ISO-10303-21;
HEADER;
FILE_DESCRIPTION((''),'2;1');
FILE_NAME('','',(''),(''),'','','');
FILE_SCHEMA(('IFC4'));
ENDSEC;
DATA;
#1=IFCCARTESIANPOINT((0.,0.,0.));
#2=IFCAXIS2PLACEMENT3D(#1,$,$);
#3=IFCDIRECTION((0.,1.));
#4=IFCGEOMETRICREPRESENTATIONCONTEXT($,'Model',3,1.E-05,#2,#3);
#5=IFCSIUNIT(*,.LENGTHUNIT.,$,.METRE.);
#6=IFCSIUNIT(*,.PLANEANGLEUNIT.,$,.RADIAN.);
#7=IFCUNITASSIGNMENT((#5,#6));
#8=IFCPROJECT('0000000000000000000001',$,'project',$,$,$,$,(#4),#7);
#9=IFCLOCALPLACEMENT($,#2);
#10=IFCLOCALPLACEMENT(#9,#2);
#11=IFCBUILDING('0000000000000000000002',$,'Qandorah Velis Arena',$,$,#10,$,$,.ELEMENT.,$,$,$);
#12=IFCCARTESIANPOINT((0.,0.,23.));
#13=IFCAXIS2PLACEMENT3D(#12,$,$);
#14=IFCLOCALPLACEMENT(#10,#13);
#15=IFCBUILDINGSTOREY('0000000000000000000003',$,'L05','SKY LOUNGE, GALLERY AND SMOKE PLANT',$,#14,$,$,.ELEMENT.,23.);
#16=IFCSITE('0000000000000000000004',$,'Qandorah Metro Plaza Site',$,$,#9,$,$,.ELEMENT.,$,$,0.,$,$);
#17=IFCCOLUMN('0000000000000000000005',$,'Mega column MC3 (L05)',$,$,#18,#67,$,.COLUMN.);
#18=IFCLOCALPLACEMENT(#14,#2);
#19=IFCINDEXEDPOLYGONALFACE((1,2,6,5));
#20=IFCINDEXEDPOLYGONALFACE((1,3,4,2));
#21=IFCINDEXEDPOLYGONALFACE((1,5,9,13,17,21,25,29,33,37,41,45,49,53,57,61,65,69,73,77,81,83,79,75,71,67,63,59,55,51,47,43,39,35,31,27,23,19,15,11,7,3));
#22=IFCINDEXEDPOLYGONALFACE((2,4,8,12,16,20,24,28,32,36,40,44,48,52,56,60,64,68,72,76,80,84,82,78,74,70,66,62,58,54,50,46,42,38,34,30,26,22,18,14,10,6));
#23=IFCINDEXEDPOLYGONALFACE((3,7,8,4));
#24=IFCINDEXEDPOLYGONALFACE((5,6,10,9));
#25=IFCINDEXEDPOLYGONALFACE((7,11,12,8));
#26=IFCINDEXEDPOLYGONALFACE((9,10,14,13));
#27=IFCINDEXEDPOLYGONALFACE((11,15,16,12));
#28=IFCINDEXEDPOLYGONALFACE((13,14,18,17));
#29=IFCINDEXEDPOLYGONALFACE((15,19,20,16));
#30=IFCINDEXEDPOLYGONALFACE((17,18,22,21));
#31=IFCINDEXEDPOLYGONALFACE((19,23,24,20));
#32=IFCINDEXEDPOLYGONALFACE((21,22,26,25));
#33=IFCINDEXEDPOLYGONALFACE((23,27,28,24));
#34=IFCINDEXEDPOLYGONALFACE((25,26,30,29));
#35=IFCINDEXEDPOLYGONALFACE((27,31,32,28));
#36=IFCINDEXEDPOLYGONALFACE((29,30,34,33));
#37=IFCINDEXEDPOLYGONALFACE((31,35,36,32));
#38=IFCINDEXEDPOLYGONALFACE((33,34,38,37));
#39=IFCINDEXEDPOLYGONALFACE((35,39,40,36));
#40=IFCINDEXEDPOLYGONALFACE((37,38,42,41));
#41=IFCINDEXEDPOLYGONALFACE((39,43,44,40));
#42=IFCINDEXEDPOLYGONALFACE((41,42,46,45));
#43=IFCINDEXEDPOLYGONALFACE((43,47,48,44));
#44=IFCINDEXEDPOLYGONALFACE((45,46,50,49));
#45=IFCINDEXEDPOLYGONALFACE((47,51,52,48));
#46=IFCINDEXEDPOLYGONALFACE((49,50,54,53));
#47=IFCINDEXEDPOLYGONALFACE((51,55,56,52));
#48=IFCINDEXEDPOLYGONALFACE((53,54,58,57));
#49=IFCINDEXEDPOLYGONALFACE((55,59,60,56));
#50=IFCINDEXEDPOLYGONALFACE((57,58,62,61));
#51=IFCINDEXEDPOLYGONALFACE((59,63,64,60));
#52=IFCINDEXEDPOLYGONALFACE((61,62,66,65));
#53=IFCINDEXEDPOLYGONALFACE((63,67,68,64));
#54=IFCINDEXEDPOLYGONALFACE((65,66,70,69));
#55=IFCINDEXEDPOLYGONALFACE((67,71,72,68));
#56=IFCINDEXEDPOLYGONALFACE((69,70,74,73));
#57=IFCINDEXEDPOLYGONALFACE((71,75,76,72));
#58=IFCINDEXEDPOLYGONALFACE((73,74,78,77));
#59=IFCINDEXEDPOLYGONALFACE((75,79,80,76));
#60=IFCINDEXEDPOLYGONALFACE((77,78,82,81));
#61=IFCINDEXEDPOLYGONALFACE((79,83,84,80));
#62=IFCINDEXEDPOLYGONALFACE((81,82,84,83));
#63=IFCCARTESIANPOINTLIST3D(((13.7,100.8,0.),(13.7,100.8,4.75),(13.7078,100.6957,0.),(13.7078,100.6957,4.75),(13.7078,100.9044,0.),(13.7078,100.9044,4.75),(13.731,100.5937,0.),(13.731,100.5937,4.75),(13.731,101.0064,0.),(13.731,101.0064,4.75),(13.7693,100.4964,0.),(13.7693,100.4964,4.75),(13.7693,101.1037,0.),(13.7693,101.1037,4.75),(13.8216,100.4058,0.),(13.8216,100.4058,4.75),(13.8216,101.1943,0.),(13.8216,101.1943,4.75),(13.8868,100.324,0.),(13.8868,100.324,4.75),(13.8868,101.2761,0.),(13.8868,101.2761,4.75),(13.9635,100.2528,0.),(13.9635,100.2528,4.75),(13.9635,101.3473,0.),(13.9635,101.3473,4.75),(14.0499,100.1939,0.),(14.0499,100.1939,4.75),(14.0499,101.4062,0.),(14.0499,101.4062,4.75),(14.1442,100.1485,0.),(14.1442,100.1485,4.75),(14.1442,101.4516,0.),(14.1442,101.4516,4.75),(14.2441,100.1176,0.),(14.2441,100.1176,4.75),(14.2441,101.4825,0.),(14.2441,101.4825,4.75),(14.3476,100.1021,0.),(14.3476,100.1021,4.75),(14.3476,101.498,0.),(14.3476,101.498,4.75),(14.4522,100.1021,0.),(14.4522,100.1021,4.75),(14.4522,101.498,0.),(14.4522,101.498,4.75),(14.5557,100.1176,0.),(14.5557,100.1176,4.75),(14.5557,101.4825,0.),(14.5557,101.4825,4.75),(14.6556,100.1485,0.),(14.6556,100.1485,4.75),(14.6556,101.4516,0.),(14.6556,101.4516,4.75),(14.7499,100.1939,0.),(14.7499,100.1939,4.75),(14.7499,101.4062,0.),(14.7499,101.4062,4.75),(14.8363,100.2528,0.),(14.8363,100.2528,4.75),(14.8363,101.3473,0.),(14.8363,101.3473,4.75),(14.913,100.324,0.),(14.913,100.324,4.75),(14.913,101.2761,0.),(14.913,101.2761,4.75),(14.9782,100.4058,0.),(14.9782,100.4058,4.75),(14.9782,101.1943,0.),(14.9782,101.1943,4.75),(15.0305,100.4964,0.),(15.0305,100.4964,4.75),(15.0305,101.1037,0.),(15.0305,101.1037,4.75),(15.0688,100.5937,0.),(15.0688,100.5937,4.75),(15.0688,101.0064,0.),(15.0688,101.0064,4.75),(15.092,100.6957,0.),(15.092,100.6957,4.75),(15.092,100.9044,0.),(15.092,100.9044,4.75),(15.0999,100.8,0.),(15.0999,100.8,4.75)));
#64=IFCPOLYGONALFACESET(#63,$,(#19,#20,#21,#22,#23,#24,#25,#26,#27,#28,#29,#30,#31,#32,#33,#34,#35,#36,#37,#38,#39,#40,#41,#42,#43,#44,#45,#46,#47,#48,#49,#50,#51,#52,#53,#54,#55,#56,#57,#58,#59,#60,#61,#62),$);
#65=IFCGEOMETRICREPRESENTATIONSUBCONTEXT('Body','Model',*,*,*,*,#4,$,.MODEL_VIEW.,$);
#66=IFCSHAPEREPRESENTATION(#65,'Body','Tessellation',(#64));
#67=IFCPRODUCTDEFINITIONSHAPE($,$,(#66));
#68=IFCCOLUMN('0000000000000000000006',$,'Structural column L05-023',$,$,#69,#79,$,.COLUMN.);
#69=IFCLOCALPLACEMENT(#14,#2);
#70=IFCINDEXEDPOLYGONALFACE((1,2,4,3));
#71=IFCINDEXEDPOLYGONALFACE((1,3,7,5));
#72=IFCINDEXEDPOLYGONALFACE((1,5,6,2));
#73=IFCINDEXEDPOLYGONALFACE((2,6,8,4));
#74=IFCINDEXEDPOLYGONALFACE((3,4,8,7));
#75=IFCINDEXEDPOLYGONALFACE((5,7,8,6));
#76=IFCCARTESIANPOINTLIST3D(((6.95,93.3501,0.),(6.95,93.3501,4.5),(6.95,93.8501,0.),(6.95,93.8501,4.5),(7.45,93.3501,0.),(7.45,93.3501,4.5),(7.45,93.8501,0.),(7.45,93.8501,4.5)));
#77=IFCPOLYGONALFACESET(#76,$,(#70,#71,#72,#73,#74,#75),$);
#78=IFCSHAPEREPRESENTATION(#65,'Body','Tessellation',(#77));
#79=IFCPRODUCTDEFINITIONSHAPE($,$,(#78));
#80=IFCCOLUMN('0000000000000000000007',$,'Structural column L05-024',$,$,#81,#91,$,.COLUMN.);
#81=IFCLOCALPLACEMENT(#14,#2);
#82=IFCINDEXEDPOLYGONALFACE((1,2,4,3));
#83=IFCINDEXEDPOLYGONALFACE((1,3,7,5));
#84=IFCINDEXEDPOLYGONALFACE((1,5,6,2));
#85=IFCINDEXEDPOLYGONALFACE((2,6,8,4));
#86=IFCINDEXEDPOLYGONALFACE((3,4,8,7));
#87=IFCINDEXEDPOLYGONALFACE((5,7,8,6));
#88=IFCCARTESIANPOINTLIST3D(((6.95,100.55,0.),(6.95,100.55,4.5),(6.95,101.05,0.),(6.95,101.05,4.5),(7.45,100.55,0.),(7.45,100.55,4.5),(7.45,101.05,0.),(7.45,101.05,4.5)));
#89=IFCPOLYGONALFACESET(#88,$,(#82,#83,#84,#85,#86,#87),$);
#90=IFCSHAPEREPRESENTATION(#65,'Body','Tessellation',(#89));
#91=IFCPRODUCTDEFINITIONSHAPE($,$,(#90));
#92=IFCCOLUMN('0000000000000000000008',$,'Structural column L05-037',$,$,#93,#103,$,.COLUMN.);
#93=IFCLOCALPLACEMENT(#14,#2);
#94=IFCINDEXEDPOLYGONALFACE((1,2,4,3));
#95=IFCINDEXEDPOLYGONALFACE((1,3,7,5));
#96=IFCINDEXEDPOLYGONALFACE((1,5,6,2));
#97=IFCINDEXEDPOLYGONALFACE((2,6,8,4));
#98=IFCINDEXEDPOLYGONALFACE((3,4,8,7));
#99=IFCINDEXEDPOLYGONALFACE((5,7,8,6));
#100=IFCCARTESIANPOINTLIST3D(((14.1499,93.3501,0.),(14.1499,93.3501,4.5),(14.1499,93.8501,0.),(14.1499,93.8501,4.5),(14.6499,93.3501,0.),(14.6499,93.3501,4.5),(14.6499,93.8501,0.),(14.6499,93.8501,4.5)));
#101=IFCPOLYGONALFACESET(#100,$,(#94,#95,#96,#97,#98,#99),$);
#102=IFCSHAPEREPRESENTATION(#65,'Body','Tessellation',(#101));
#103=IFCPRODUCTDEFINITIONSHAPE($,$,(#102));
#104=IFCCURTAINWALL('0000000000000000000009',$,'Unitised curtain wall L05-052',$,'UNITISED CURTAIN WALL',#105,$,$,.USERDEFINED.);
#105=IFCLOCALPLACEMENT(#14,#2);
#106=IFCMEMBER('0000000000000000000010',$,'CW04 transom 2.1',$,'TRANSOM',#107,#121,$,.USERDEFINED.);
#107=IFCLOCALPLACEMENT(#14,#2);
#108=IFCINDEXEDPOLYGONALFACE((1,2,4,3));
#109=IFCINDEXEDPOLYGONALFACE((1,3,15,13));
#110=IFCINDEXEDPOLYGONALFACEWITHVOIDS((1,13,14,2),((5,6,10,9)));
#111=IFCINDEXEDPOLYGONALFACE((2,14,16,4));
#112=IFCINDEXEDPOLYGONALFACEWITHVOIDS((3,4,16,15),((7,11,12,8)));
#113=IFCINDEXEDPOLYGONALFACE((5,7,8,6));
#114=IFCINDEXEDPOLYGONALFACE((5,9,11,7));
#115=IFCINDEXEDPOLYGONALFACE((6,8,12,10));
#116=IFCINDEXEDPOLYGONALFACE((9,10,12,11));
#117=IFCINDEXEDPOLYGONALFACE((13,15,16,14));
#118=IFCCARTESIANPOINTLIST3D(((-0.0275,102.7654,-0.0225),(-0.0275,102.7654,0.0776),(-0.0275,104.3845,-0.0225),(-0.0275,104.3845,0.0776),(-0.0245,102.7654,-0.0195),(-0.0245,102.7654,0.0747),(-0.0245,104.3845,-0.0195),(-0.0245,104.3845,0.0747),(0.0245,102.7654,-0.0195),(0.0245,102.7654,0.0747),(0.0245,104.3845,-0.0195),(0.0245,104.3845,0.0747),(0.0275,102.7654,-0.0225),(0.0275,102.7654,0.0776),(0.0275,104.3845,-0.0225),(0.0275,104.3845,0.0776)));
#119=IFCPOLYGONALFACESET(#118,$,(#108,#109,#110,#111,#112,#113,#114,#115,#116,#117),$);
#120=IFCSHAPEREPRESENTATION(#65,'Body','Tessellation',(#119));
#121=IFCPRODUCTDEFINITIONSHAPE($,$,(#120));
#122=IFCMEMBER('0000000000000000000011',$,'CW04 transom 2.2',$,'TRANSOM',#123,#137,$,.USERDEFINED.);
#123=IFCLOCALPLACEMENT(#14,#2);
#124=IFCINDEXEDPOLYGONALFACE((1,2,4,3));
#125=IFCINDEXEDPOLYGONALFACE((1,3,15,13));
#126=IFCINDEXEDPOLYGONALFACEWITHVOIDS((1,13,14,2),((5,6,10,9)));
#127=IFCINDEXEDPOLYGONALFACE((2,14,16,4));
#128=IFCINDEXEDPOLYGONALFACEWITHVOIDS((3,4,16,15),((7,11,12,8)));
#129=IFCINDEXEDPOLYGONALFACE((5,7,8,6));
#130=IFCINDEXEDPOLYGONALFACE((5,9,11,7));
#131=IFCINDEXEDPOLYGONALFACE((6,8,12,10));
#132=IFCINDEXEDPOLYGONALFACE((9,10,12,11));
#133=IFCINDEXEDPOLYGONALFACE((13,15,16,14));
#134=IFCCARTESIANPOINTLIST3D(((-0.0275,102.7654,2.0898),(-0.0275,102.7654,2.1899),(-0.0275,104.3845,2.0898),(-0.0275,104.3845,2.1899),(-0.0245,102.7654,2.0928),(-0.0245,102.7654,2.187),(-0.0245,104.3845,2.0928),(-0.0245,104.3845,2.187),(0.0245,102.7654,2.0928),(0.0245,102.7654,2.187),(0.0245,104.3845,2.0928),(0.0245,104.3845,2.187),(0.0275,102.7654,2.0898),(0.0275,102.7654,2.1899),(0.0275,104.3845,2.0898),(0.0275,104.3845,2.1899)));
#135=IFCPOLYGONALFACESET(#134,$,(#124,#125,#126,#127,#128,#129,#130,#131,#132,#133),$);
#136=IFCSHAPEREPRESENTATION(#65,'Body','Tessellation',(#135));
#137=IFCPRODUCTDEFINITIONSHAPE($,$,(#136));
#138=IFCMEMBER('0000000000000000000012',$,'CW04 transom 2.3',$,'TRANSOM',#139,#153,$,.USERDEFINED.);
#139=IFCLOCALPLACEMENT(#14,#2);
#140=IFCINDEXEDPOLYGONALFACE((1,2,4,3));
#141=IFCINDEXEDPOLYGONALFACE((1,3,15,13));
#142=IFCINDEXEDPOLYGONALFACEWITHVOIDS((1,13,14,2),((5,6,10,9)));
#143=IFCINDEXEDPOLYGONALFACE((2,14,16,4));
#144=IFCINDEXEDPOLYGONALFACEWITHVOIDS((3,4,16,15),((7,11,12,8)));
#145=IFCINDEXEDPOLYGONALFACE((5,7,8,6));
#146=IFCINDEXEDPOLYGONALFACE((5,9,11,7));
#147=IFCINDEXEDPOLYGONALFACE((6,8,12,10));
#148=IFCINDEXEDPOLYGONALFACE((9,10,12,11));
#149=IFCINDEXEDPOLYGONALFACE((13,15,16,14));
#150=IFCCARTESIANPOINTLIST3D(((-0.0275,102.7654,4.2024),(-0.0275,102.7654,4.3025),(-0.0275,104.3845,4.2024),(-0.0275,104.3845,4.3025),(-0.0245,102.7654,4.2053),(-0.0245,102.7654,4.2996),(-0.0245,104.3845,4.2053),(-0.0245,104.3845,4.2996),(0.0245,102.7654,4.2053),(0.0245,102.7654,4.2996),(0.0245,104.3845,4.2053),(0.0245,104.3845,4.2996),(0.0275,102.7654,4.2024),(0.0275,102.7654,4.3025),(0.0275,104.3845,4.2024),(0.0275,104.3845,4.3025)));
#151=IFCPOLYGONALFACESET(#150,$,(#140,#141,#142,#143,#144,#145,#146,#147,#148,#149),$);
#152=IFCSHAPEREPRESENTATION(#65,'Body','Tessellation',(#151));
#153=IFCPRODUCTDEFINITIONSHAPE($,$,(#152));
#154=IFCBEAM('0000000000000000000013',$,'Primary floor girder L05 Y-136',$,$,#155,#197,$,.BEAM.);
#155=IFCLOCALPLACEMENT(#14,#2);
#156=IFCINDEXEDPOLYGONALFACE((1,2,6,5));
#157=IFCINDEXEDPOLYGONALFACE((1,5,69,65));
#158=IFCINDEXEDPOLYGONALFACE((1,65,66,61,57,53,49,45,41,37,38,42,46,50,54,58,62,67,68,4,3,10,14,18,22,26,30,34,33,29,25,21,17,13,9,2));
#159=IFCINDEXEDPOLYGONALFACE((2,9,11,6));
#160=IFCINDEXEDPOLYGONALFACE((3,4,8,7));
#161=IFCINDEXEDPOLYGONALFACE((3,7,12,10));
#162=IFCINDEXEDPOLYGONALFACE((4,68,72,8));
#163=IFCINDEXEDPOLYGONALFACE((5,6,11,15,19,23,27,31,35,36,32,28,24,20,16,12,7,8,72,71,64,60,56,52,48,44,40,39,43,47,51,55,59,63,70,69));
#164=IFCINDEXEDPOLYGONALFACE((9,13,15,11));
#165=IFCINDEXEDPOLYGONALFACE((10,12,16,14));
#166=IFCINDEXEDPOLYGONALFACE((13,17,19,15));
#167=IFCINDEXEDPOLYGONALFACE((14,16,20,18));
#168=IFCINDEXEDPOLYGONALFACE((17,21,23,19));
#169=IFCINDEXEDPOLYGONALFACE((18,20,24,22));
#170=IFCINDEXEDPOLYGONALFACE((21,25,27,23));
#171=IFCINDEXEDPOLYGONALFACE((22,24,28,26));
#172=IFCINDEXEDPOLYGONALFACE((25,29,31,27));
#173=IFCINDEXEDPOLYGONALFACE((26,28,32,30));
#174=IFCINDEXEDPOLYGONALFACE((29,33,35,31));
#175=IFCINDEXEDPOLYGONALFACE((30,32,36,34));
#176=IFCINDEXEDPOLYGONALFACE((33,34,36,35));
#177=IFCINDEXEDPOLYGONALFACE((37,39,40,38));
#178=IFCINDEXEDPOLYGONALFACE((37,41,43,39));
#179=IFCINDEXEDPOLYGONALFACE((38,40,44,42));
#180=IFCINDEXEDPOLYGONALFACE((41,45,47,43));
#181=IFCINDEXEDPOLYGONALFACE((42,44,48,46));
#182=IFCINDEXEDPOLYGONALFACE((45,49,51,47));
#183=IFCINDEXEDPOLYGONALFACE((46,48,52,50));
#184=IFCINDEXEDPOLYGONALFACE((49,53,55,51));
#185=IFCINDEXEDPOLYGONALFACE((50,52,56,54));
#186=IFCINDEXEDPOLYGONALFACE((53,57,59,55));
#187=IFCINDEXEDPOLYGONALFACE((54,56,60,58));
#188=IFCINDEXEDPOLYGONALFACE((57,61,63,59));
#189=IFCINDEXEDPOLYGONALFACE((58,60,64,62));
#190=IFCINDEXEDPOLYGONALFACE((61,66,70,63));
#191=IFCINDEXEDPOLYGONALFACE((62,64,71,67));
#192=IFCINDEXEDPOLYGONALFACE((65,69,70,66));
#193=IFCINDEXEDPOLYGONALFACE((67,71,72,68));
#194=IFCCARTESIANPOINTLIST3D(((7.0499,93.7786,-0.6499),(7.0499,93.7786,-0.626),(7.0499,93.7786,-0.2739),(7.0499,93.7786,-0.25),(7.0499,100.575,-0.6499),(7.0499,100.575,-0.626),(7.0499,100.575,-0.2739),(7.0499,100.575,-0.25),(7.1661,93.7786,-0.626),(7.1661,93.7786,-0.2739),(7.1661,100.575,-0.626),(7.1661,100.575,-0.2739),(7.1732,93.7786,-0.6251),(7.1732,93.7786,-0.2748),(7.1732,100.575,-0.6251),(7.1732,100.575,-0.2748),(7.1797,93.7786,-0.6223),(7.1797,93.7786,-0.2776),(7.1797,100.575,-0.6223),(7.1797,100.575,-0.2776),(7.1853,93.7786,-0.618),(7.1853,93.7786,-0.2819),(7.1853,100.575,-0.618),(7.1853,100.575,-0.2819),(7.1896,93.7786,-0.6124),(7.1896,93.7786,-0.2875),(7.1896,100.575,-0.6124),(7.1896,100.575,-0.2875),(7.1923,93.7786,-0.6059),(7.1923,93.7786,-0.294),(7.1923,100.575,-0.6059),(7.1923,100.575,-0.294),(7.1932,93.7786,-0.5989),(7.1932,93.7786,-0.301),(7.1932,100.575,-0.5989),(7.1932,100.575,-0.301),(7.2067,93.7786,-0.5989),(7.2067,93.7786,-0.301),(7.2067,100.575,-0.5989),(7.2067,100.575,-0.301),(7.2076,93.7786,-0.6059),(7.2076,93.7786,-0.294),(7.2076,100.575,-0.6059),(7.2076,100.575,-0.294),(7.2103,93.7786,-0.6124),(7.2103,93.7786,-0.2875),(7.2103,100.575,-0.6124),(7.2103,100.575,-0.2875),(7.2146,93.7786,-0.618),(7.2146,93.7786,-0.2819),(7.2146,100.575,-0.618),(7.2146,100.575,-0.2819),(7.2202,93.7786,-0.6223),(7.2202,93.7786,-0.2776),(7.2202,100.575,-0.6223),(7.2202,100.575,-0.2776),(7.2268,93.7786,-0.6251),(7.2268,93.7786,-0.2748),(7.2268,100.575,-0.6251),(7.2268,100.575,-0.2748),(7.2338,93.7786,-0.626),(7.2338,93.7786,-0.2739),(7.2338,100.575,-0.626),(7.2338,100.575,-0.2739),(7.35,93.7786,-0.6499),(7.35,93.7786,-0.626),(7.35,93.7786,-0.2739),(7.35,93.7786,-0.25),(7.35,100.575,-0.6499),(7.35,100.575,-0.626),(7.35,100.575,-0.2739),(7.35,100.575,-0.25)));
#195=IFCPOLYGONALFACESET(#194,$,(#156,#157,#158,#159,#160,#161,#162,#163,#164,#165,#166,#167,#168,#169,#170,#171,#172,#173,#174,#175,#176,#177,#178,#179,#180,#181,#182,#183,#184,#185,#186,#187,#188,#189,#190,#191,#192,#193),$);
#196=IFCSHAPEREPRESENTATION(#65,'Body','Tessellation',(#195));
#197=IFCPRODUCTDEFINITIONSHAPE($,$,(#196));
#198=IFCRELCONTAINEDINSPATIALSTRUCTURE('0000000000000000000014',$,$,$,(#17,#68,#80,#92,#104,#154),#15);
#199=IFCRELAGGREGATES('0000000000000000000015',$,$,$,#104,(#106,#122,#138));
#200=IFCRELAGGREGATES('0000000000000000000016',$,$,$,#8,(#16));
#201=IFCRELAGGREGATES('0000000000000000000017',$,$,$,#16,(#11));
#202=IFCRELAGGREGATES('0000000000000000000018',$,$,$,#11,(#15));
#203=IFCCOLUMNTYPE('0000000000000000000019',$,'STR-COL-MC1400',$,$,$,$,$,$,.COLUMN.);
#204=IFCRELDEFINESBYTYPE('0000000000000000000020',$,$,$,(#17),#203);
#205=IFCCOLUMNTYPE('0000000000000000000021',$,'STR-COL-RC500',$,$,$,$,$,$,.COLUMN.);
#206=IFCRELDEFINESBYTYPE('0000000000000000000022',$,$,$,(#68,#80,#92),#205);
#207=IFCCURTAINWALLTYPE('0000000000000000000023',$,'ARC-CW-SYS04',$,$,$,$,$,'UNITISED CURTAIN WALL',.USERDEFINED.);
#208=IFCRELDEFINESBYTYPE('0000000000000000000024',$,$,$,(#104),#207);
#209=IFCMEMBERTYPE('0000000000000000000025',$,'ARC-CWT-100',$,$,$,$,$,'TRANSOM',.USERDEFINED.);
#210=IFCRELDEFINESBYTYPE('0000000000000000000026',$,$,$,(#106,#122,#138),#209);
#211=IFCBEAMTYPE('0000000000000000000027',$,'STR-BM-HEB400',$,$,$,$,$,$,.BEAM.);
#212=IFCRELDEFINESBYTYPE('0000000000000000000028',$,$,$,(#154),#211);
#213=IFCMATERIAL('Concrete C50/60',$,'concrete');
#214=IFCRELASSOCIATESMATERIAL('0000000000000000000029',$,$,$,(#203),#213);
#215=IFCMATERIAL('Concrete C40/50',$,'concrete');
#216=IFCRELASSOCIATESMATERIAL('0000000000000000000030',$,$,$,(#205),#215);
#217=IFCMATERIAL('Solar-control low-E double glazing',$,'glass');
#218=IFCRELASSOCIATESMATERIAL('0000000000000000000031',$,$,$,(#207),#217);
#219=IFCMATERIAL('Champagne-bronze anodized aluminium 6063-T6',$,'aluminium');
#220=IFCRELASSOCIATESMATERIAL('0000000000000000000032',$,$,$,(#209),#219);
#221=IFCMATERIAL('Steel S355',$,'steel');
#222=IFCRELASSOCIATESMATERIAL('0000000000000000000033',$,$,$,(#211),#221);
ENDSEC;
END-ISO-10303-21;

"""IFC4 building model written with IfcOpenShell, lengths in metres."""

from ifc_helpers import new_model, si_unit, direction, frame, origin, origin_2d, place, context, subcontext, project, spatial, rectangle, hollow_rectangle, circle, i_section, extrude, material, material_profile, profile_set, type_object, element, aggregate, save


model = new_model("IFC4")

# Units and contexts
model_context = context("Model", 3, precision=1e-05, world=origin(), true_north=direction((0.0, 1.0)))
body_context = subcontext(model_context, "Body", "Model", "MODEL_VIEW")
ifc_project = project(units=[si_unit("LENGTHUNIT", "METRE"), si_unit("PLANEANGLEUNIT", "RADIAN")], contexts=[model_context])

# Site, building, storey
site_placement = place(None, origin())
site = spatial("IfcSite", under=ifc_project, at=site_placement, Name="Qandorah Metro Plaza Site", CompositionType="ELEMENT", RefElevation=0.0)
building_placement = place(site_placement, origin())
building = spatial("IfcBuilding", under=site, at=building_placement, Name="Qandorah Velis Arena", CompositionType="ELEMENT")
storey_placement = place(building_placement, frame((0.0, 0.0, 23.0)))
storey = spatial("IfcBuildingStorey", under=building, at=storey_placement, Name="L05", Description="SKY LOUNGE, GALLERY AND SMOKE PLANT", CompositionType="ELEMENT", Elevation=23.0)

# Columns
ifc_material_1 = material(Name="Concrete C50/60", Category="concrete")
ifc_material_profile_1 = material_profile(ifc_material_1, circle(Radius=0.7, at=origin_2d()), Name="MC D1400")
ifc_profile_set_1 = profile_set([ifc_material_profile_1], Name="Concrete C50/60")
column_type_1 = type_object("IfcColumnType", Name="STR-COL-MC1400", PredefinedType="COLUMN", material=ifc_profile_set_1)
column_placement = place(storey_placement, frame((14.3999, 100.8, 0.0), z_axis=(0.0, 0.0, 1.0), x_axis=(1.0, 0.0, 0.0)))
element("IfcColumn", 1, at=column_placement, inside=storey, type_object=column_type_1, Name="Mega column MC3 (L05)", PredefinedType="COLUMN", context=body_context, shape_type="SweptSolid", body=[
    extrude(circle(Radius=0.7, at=origin_2d()), origin(), (0.0, 0.0, 1.0), 4.75),
])
ifc_material_2 = material(Name="Concrete C40/50", Category="concrete")
ifc_material_profile_2 = material_profile(ifc_material_2, rectangle(XDim=0.5, YDim=0.5, at=origin_2d()), Name="RC COL 500x500")
ifc_profile_set_2 = profile_set([ifc_material_profile_2], Name="Concrete C40/50")
column_type_2 = type_object("IfcColumnType", Name="STR-COL-RC500", PredefinedType="COLUMN", material=ifc_profile_set_2)
for number, where, z_axis, x_axis, name in (
    (2, (7.2, 93.6001, 0.0), (0.0, 0.0, 1.0), (1.0, 0.0, 0.0), "Structural column L05-023"),
    (3, (7.2, 100.8, 0.0), (0.0, 0.0, 1.0), (1.0, 0.0, 0.0), "Structural column L05-024"),
    (4, (14.3999, 93.6001, 0.0), (0.0, 0.0, 1.0), (1.0, 0.0, 0.0), "Structural column L05-037"),
):
    element("IfcColumn", number, at=place(storey_placement, frame(where, z_axis=z_axis, x_axis=x_axis)), inside=storey, type_object=column_type_2, Name=name, PredefinedType="COLUMN", context=body_context, shape_type="SweptSolid", body=[
        extrude(rectangle(XDim=0.5, YDim=0.5, at=origin_2d()), origin(), (0.0, 0.0, 1.0), 4.5),
    ])

# Curtain wall, members
ifc_material_3 = material(Name="Solar-control low-E double glazing", Category="glass")
curtain_wall_type = type_object("IfcCurtainWallType", Name="ARC-CW-SYS04", ElementType="UNITISED CURTAIN WALL", PredefinedType="USERDEFINED", material=ifc_material_3)
curtain_wall_placement = place(storey_placement, origin())
curtain_wall = element("IfcCurtainWall", 5, at=curtain_wall_placement, inside=storey, type_object=curtain_wall_type, Name="Unitised curtain wall L05-052", ObjectType="UNITISED CURTAIN WALL", PredefinedType="USERDEFINED")
ifc_material_4 = material(Name="Champagne-bronze anodized aluminium 6063-T6", Category="aluminium")
ifc_material_profile_3 = material_profile(ifc_material_4, hollow_rectangle(XDim=0.0549, YDim=0.1001, WallThickness=0.0029, at=origin_2d()), Name="ALU TRANSOM 55x100")
ifc_profile_set_3 = profile_set([ifc_material_profile_3], Name="Champagne-bronze anodized aluminium 6063-T6")
member_type = type_object("IfcMemberType", Name="ARC-CWT-100", ElementType="TRANSOM", PredefinedType="USERDEFINED", material=ifc_profile_set_3)
member_1_placement = place(storey_placement, frame((0.0, 102.7654, 0.0276), z_axis=(0.0, 1.0, 0.0), x_axis=(-1.0, 0.0, 0.0)))
member_1 = element("IfcMember", 6, at=member_1_placement, type_object=member_type, Name="CW04 transom 2.1", ObjectType="TRANSOM", PredefinedType="USERDEFINED", context=body_context, shape_type="SweptSolid", body=[
    extrude(hollow_rectangle(XDim=0.0549, YDim=0.1001, WallThickness=0.0029, at=origin_2d()), origin(), (0.0, 0.0, 1.0), 1.6191),
])
member_2_placement = place(storey_placement, frame((0.0, 102.7654, 2.1399), z_axis=(0.0, 1.0, 0.0), x_axis=(-1.0, 0.0, 0.0)))
member_2 = element("IfcMember", 7, at=member_2_placement, type_object=member_type, Name="CW04 transom 2.2", ObjectType="TRANSOM", PredefinedType="USERDEFINED", context=body_context, shape_type="SweptSolid", body=[
    extrude(hollow_rectangle(XDim=0.0549, YDim=0.1001, WallThickness=0.0029, at=origin_2d()), origin(), (0.0, 0.0, 1.0), 1.6191),
])
member_3_placement = place(storey_placement, frame((0.0, 102.7654, 4.2524), z_axis=(0.0, 1.0, 0.0), x_axis=(-1.0, 0.0, 0.0)))
member_3 = element("IfcMember", 8, at=member_3_placement, type_object=member_type, Name="CW04 transom 2.3", ObjectType="TRANSOM", PredefinedType="USERDEFINED", context=body_context, shape_type="SweptSolid", body=[
    extrude(hollow_rectangle(XDim=0.0549, YDim=0.1001, WallThickness=0.0029, at=origin_2d()), origin(), (0.0, 0.0, 1.0), 1.6191),
])

# Beam
ifc_material_5 = material(Name="Steel S355", Category="steel")
ifc_material_profile_4 = material_profile(ifc_material_5, i_section(OverallWidth=0.3, OverallDepth=0.3999, WebThickness=0.0134, FlangeThickness=0.0239, FilletRadius=0.0271, at=origin_2d()), Name="HEB 400")
ifc_profile_set_4 = profile_set([ifc_material_profile_4], Name="Steel S355")
beam_type_1 = type_object("IfcBeamType", Name="STR-BM-HEB400", PredefinedType="BEAM", material=ifc_profile_set_4)
beam_1_placement = place(storey_placement, frame((7.2, 93.7786, -0.45), z_axis=(0.0, 1.0, 0.0), x_axis=(-1.0, 0.0, 0.0)))
element("IfcBeam", 9, at=beam_1_placement, inside=storey, type_object=beam_type_1, Name="Primary floor girder L05 Y-136", PredefinedType="BEAM", context=body_context, shape_type="SweptSolid", body=[
    extrude(i_section(OverallWidth=0.3, OverallDepth=0.3999, WebThickness=0.0134, FlangeThickness=0.0239, FilletRadius=0.0271, at=origin_2d()), origin(), (0.0, 0.0, 1.0), 6.7964),
])

aggregate(curtain_wall, [member_1, member_2, member_3])

save(model, "model.ifc")
